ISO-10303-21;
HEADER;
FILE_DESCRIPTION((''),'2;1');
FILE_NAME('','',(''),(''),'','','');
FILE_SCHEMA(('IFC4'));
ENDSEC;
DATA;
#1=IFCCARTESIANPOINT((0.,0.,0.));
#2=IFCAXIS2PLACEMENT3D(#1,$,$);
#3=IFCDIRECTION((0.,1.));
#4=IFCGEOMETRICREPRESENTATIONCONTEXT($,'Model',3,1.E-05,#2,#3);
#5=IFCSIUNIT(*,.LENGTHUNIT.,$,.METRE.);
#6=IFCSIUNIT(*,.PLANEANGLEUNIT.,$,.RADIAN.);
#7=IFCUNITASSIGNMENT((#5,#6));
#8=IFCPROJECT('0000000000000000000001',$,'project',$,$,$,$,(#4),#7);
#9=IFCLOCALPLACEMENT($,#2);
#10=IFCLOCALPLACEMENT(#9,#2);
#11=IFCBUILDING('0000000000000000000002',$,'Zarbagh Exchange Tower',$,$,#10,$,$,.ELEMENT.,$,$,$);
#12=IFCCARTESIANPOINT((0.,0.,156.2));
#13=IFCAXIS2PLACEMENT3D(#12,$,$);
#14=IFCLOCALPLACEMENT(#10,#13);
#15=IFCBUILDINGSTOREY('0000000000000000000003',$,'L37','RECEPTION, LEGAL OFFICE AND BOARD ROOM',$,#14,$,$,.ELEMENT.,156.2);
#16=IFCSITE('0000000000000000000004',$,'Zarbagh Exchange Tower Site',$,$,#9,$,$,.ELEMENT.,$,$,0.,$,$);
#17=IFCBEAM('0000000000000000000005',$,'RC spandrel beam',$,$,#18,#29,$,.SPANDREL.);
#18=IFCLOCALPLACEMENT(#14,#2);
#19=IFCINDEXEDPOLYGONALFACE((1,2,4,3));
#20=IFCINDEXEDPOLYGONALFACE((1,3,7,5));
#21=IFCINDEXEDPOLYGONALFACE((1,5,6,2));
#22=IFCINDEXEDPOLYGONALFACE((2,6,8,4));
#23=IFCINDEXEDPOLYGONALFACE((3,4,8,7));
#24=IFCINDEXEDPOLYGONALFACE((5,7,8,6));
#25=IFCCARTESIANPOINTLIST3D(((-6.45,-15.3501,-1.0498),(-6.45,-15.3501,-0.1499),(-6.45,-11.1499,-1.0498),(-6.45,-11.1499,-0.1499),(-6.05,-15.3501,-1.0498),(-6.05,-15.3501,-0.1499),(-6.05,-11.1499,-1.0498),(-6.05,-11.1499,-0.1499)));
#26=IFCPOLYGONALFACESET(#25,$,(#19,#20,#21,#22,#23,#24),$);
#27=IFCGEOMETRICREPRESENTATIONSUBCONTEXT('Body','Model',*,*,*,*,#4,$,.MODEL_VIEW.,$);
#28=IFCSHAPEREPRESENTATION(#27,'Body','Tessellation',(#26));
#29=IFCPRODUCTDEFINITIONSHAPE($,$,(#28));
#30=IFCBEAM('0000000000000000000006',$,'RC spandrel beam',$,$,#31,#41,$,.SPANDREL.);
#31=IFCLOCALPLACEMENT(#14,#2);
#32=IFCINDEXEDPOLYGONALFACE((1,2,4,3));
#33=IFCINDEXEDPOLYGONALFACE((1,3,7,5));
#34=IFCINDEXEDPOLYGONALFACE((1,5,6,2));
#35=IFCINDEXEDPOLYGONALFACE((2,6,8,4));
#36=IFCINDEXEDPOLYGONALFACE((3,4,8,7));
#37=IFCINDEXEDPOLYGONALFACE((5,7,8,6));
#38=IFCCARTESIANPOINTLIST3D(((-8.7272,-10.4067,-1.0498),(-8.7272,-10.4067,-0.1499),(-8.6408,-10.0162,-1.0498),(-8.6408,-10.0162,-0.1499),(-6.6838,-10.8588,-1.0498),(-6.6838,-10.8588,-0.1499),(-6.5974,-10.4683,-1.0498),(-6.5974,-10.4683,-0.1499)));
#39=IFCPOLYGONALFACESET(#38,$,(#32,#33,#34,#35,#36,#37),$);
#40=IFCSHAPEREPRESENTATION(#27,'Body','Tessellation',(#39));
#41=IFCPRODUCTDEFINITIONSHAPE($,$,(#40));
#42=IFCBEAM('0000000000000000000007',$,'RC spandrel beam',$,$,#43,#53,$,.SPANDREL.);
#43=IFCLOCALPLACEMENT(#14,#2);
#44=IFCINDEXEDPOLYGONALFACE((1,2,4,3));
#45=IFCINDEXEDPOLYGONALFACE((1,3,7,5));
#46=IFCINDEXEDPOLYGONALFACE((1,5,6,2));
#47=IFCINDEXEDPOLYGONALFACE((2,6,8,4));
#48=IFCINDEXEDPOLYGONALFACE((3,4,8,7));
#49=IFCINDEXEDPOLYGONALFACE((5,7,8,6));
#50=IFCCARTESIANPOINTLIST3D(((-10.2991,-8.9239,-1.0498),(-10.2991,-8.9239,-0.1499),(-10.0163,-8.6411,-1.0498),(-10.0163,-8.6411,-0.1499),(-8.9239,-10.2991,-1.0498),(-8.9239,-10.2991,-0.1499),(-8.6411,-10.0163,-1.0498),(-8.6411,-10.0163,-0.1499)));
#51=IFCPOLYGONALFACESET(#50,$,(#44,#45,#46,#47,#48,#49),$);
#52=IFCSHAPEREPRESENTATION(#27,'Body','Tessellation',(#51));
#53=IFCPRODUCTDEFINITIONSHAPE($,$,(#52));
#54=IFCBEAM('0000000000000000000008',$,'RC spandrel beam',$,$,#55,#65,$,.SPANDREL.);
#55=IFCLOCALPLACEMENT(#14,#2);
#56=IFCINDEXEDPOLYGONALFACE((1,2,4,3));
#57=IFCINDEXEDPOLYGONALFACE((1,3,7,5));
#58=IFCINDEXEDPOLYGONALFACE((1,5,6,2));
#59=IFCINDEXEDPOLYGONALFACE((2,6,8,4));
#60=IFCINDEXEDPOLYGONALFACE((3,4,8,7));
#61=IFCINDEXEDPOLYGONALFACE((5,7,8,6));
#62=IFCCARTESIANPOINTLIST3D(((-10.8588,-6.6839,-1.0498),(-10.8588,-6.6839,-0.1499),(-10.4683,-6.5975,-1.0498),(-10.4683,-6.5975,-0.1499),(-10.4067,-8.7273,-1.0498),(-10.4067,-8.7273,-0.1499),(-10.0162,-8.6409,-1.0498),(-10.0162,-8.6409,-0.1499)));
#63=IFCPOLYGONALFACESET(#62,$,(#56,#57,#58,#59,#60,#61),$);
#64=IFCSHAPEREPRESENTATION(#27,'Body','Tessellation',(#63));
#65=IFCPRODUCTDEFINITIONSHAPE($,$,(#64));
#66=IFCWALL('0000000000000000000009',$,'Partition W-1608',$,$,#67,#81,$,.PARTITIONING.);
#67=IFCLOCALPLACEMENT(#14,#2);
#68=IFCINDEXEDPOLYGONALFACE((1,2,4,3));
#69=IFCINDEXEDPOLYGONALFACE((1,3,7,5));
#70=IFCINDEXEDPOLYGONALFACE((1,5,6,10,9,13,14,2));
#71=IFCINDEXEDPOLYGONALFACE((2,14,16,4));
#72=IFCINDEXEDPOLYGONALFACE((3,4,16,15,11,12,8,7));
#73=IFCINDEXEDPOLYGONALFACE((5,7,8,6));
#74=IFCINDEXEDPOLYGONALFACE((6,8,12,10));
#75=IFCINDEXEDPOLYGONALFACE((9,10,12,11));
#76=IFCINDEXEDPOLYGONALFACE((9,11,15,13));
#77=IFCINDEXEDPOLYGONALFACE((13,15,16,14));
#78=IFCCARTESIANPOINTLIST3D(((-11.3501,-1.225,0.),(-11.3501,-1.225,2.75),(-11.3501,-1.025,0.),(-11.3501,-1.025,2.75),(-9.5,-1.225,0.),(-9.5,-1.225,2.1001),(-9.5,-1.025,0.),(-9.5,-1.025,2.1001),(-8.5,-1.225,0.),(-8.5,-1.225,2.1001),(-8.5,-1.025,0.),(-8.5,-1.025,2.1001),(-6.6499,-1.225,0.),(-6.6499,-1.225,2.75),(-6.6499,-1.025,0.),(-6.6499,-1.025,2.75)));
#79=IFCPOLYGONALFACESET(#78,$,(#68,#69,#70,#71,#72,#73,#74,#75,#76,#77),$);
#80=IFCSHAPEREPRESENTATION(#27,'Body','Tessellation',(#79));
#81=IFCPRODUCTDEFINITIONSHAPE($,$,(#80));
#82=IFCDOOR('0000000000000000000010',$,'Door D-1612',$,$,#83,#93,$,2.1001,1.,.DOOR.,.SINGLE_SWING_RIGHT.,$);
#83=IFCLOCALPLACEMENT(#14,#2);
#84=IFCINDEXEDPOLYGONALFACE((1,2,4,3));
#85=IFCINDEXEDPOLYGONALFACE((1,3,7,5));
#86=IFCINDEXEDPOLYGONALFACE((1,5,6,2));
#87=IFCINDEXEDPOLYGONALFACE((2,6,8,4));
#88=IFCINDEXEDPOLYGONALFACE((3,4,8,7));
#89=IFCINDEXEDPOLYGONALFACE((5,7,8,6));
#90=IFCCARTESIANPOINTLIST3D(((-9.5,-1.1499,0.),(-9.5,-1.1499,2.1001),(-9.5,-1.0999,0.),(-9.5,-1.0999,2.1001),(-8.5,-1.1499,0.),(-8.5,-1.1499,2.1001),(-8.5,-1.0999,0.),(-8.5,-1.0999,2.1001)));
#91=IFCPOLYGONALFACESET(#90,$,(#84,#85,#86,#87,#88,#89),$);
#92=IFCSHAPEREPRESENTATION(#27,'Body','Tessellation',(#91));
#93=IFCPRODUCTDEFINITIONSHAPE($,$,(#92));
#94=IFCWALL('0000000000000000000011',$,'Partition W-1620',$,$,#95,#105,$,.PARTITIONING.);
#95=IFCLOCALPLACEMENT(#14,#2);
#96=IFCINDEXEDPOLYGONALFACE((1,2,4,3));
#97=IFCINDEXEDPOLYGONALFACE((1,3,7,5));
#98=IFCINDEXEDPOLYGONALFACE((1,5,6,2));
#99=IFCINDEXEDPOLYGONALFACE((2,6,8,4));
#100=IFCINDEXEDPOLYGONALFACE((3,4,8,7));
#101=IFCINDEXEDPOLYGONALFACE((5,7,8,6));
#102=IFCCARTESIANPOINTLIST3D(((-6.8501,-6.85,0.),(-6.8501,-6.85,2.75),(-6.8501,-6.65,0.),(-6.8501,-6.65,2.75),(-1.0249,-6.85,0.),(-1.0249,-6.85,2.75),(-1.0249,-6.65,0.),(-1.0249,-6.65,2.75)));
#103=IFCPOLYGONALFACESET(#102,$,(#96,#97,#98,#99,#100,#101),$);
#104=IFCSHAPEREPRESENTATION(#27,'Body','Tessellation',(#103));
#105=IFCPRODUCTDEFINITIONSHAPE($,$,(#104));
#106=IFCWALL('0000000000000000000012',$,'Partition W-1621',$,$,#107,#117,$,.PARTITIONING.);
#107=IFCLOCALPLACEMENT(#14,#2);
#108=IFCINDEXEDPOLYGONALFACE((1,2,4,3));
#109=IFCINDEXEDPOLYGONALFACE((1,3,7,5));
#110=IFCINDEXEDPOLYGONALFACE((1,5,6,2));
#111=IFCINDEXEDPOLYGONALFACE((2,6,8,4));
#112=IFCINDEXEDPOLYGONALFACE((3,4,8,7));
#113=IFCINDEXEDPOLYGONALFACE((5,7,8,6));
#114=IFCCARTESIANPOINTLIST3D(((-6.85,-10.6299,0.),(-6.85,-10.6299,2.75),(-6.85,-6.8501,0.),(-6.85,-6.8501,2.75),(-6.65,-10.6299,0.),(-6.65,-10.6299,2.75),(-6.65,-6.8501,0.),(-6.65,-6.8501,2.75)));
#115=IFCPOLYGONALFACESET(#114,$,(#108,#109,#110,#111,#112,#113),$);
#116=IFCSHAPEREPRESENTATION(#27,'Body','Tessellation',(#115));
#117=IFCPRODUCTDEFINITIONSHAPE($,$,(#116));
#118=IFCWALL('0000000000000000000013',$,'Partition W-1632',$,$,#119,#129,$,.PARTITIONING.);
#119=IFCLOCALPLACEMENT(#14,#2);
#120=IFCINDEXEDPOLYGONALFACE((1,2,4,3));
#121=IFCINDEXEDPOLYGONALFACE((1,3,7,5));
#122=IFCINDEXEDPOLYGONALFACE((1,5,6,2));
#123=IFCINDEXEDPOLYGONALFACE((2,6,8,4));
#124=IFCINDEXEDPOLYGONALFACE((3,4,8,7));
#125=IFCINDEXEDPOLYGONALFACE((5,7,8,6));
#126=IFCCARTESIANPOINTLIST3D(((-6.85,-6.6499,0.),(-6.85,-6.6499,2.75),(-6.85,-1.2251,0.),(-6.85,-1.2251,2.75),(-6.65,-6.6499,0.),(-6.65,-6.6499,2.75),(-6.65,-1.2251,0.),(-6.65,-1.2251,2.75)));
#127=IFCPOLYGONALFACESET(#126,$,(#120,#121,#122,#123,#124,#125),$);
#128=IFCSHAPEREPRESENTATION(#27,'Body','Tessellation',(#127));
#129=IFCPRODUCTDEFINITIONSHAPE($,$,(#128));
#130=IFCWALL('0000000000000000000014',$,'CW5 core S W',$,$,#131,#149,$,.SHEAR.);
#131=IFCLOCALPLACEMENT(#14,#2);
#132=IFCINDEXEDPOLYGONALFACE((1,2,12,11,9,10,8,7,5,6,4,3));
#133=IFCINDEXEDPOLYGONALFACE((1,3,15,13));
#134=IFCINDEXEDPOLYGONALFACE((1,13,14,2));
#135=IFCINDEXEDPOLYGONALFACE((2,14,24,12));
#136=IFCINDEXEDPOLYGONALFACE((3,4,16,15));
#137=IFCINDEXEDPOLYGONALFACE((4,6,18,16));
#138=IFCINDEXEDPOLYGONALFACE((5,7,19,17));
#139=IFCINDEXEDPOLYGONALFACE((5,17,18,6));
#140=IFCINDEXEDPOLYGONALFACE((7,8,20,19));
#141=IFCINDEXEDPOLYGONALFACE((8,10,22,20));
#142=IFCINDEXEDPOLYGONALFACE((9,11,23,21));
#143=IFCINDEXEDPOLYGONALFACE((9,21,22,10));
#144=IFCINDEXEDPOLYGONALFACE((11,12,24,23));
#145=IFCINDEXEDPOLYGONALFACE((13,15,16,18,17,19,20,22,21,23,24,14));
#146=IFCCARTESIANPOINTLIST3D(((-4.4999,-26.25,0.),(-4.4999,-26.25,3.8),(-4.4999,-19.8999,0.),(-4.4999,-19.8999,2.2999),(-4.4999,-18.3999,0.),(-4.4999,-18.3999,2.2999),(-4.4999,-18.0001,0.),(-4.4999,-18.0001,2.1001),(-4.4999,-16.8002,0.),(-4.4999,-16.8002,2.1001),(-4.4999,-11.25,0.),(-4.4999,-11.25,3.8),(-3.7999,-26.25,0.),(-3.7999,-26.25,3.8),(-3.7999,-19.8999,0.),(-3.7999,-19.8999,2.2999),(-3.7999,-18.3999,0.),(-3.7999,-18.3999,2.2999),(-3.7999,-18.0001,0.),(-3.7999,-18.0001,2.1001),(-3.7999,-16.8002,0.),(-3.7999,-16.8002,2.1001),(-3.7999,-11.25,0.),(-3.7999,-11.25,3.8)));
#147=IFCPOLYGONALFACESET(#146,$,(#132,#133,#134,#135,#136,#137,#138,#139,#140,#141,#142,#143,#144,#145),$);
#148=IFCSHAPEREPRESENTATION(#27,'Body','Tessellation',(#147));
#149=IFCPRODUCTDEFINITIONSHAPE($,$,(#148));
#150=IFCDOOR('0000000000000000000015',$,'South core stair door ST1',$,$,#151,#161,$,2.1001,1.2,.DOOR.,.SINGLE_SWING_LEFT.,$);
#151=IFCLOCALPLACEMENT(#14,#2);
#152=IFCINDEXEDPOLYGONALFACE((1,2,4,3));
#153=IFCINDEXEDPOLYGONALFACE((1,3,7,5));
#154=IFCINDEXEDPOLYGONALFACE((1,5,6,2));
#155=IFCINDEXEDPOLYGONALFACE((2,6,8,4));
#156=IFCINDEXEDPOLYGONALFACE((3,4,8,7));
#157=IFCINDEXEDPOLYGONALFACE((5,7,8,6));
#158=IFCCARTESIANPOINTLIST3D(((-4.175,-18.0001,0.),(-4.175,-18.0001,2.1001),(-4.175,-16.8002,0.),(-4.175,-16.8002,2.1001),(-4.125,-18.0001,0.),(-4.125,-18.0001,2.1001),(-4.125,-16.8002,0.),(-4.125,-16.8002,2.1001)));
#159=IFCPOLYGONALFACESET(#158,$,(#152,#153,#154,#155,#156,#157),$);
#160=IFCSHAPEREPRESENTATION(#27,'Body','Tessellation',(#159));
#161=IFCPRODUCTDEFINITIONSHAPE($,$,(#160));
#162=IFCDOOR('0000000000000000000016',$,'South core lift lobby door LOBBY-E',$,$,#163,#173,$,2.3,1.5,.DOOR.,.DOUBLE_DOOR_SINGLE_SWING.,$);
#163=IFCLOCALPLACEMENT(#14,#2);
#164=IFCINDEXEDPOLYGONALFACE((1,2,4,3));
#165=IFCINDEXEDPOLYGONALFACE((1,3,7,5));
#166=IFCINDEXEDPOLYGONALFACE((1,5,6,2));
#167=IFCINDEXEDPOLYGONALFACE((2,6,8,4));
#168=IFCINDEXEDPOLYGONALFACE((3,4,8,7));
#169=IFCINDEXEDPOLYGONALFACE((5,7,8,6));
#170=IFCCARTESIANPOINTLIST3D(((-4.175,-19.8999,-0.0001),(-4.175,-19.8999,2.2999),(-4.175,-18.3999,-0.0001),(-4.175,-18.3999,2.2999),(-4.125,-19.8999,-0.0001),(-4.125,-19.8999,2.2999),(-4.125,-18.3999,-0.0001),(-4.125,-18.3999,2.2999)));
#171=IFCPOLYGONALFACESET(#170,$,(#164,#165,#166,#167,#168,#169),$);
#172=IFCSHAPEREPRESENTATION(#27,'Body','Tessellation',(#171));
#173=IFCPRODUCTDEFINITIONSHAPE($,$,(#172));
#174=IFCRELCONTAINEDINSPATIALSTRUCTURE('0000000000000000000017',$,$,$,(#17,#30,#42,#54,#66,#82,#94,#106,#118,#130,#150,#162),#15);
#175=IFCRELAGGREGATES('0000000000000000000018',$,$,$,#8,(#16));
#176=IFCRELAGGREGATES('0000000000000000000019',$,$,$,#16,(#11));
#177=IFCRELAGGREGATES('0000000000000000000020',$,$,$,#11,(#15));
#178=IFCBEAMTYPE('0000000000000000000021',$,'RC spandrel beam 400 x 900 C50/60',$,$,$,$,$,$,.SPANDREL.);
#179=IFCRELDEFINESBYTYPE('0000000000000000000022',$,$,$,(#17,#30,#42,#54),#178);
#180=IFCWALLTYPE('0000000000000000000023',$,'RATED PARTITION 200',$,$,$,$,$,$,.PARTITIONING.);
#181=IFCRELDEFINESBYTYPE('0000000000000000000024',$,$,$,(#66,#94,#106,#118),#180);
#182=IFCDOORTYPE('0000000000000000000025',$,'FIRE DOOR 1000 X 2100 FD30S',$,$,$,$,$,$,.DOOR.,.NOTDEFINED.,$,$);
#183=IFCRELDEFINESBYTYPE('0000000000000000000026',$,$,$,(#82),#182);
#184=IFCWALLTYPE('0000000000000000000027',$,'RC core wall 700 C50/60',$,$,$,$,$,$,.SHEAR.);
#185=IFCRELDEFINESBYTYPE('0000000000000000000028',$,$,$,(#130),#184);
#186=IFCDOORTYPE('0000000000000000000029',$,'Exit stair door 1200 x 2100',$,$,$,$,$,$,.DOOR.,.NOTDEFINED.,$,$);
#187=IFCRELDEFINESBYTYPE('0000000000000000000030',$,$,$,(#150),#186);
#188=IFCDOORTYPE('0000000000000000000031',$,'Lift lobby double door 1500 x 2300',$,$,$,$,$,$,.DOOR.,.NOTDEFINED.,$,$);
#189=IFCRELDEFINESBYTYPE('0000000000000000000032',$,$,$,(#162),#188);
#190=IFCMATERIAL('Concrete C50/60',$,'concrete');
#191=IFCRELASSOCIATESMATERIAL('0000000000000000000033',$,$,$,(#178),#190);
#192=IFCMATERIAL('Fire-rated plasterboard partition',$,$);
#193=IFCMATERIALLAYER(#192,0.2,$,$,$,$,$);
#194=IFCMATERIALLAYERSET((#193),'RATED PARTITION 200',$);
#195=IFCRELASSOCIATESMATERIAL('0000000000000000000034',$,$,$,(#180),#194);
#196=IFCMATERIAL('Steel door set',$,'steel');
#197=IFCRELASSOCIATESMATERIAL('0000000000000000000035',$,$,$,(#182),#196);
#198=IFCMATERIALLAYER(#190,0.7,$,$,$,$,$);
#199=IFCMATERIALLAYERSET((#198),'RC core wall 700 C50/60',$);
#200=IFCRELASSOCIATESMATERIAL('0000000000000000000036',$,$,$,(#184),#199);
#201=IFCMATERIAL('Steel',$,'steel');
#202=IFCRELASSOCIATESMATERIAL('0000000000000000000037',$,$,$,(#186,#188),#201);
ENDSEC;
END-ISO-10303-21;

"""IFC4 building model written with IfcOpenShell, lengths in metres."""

from ifc_helpers import new_model, si_unit, direction, frame, frame_2d, origin, origin_2d, place, context, subcontext, project, spatial, rectangle, extrude, material, layer, layer_set, material_profile, profile_set, type_object, element, fill, save


model = new_model("IFC4")

# Units and contexts
model_context = context("Model", 3, precision=1e-05, world=origin(), true_north=direction((0.0, 1.0)))
body_context = subcontext(model_context, "Body", "Model", "MODEL_VIEW")
ifc_project = project(units=[si_unit("LENGTHUNIT", "METRE"), si_unit("PLANEANGLEUNIT", "RADIAN")], contexts=[model_context])

# Site, building, storey
site_placement = place(None, origin())
site = spatial("IfcSite", under=ifc_project, at=site_placement, Name="Zarbagh Exchange Tower Site", CompositionType="ELEMENT", RefElevation=0.0)
building_placement = place(site_placement, origin())
building = spatial("IfcBuilding", under=site, at=building_placement, Name="Zarbagh Exchange Tower", CompositionType="ELEMENT")
storey_placement = place(building_placement, frame((0.0, 0.0, 156.2)))
storey = spatial("IfcBuildingStorey", under=building, at=storey_placement, Name="L37", Description="RECEPTION, LEGAL OFFICE AND BOARD ROOM", CompositionType="ELEMENT", Elevation=156.2)

# Shared definitions
ifc_material_1 = material(Name="Concrete C50/60", Category="concrete")

# Beams
ifc_material_profile_1 = material_profile(ifc_material_1, rectangle(XDim=0.3999, YDim=0.8999, at=origin_2d()), Name="RC spandrel beam 400 x 900 C50/60")
ifc_profile_set_1 = profile_set([ifc_material_profile_1], Name="Concrete C50/60")
beam_type_1 = type_object("IfcBeamType", Name="RC spandrel beam 400 x 900 C50/60", PredefinedType="SPANDREL", material=ifc_profile_set_1)
beam_1_placement = place(storey_placement, frame((-6.25, -15.3501, -0.5999), z_axis=(0.0, 1.0, 0.0), x_axis=(-1.0, 0.0, 0.0)))
element("IfcBeam", 1, at=beam_1_placement, inside=storey, type_object=beam_type_1, Name="RC spandrel beam", PredefinedType="SPANDREL", context=body_context, shape_type="SweptSolid", body=[
    extrude(rectangle(XDim=0.3999, YDim=0.8999, at=origin_2d()), origin(), (0.0, 0.0, 1.0), 4.2002),
])
beam_2_placement = place(storey_placement, frame((-6.6406, -10.6636, -0.5999), z_axis=(-0.976384, 0.216041, 0.0), x_axis=(-0.216041, -0.976384, 0.0)))
element("IfcBeam", 2, at=beam_2_placement, inside=storey, type_object=beam_type_1, Name="RC spandrel beam", PredefinedType="SPANDREL", context=body_context, shape_type="SweptSolid", body=[
    extrude(rectangle(XDim=0.3999, YDim=0.8999, at=origin_2d()), origin(), (0.0, 0.0, 1.0), 2.0928),
])
beam_3_placement = place(storey_placement, frame((-8.7825, -10.1577, -0.5999), z_axis=(-0.707107, 0.707107, 0.0), x_axis=(-0.707107, -0.707107, 0.0)))
element("IfcBeam", 3, at=beam_3_placement, inside=storey, type_object=beam_type_1, Name="RC spandrel beam", PredefinedType="SPANDREL", context=body_context, shape_type="SweptSolid", body=[
    extrude(rectangle(XDim=0.3999, YDim=0.8999, at=origin_2d()), origin(), (0.0, 0.0, 1.0), 1.9448),
])
beam_4_placement = place(storey_placement, frame((-10.2114, -8.6841, -0.5999), z_axis=(-0.216041, 0.976384, 0.0), x_axis=(-0.976384, -0.216041, 0.0)))
element("IfcBeam", 4, at=beam_4_placement, inside=storey, type_object=beam_type_1, Name="RC spandrel beam", PredefinedType="SPANDREL", context=body_context, shape_type="SweptSolid", body=[
    extrude(rectangle(XDim=0.3999, YDim=0.8999, at=origin_2d()), origin(), (0.0, 0.0, 1.0), 2.0928),
])

# Wall, opening, door
ifc_material_2 = material(Name="Fire-rated plasterboard partition")
ifc_layer_1 = layer(ifc_material_2, 0.2)
ifc_layer_set_1 = layer_set([ifc_layer_1], Name="RATED PARTITION 200")
wall_type_1 = type_object("IfcWallType", Name="RATED PARTITION 200", PredefinedType="PARTITIONING", material=ifc_layer_set_1)
wall_1_placement = place(storey_placement, frame((-6.6499, -1.125, 0.0), z_axis=(0.0, 0.0, 1.0), x_axis=(-1.0, 0.0, 0.0)))
wall_1 = element("IfcWall", 5, at=wall_1_placement, inside=storey, type_object=wall_type_1, Name="Partition W-1608", PredefinedType="PARTITIONING", context=body_context, shape_type="SweptSolid", body=[
    extrude(rectangle(XDim=4.7002, YDim=0.2, at=frame_2d((2.3501, 0.0))), origin(), (0.0, 0.0, 1.0), 2.75),
])
opening_1_placement = place(wall_1_placement, frame((1.8501, 0.0, 0.0)))
opening_1 = element("IfcOpeningElement", 6, at=opening_1_placement, cuts=wall_1, PredefinedType="OPENING", context=body_context, shape_type="SweptSolid", body=[
    extrude(rectangle(XDim=1.0, YDim=2.1001, at=frame_2d((0.5, 1.05))), frame((0.0, 0.1099, 0.0), z_axis=(0.0, -1.0, 0.0), x_axis=(1.0, 0.0, 0.0)), (0.0, 0.0, 1.0), 0.22),
])
ifc_material_3 = material(Name="Steel door set", Category="steel")
door_type_1 = type_object("IfcDoorType", Name="FIRE DOOR 1000 X 2100 FD30S", OperationType="NOTDEFINED", PredefinedType="DOOR", material=ifc_material_3)
door_1_placement = place(opening_1_placement, origin())
door_1 = element("IfcDoor", 7, at=door_1_placement, inside=storey, type_object=door_type_1, Name="Door D-1612", OperationType="SINGLE_SWING_RIGHT", OverallHeight=2.1001, OverallWidth=1.0, PredefinedType="DOOR", context=body_context, shape_type="SweptSolid", body=[
    extrude(rectangle(XDim=1.0, YDim=2.1001, at=frame_2d((0.5, 1.05))), frame((0.0, 0.0249, 0.0), z_axis=(0.0, -1.0, 0.0), x_axis=(1.0, 0.0, 0.0)), (0.0, 0.0, 1.0), 0.05),
])
fill(opening_1, door_1)

# Walls
wall_2_placement = place(storey_placement, frame((-6.8501, -6.75, 0.0), z_axis=(0.0, 0.0, 1.0), x_axis=(1.0, 0.0, 0.0)))
element("IfcWall", 8, at=wall_2_placement, inside=storey, type_object=wall_type_1, Name="Partition W-1620", PredefinedType="PARTITIONING", context=body_context, shape_type="SweptSolid", body=[
    extrude(rectangle(XDim=5.8252, YDim=0.2, at=frame_2d((2.9126, 0.0))), origin(), (0.0, 0.0, 1.0), 2.75),
])
wall_3_placement = place(storey_placement, frame((-6.75, -10.6299, 0.0), z_axis=(0.0, 0.0, 1.0), x_axis=(0.0, 1.0, 0.0)))
element("IfcWall", 9, at=wall_3_placement, inside=storey, type_object=wall_type_1, Name="Partition W-1621", PredefinedType="PARTITIONING", context=body_context, shape_type="SweptSolid", body=[
    extrude(rectangle(XDim=3.7798, YDim=0.2, at=frame_2d((1.8899, 0.0))), origin(), (0.0, 0.0, 1.0), 2.75),
])
wall_4_placement = place(storey_placement, frame((-6.75, -6.6499, 0.0), z_axis=(0.0, 0.0, 1.0), x_axis=(0.0, 1.0, 0.0)))
element("IfcWall", 10, at=wall_4_placement, inside=storey, type_object=wall_type_1, Name="Partition W-1632", PredefinedType="PARTITIONING", context=body_context, shape_type="SweptSolid", body=[
    extrude(rectangle(XDim=5.4248, YDim=0.2, at=frame_2d((2.7124, 0.0))), origin(), (0.0, 0.0, 1.0), 2.75),
])

# Wall, openings, doors
ifc_layer_2 = layer(ifc_material_1, 0.7)
ifc_layer_set_2 = layer_set([ifc_layer_2], Name="RC core wall 700 C50/60")
wall_type_2 = type_object("IfcWallType", Name="RC core wall 700 C50/60", PredefinedType="SHEAR", material=ifc_layer_set_2)
wall_5_placement = place(storey_placement, frame((-4.1499, -11.25, 0.0), z_axis=(0.0, 0.0, 1.0), x_axis=(0.0, -1.0, 0.0)))
wall_5 = element("IfcWall", 11, at=wall_5_placement, inside=storey, type_object=wall_type_2, Name="CW5 core S W", PredefinedType="SHEAR", context=body_context, shape_type="SweptSolid", body=[
    extrude(rectangle(XDim=15.0, YDim=0.7, at=frame_2d((7.5, 0.0))), origin(), (0.0, 0.0, 1.0), 3.8),
])
opening_2_placement = place(wall_5_placement, frame((7.1499, 0.0, 0.0)))
opening_2 = element("IfcOpeningElement", 12, at=opening_2_placement, cuts=wall_5, PredefinedType="OPENING", context=body_context, shape_type="SweptSolid", body=[
    extrude(rectangle(XDim=1.5, YDim=2.3, at=frame_2d((0.75, 1.1499))), frame((0.0, 0.3599, 0.0), z_axis=(0.0, -1.0, 0.0), x_axis=(1.0, 0.0, 0.0)), (0.0, 0.0, 1.0), 0.72),
])
opening_3_placement = place(wall_5_placement, frame((5.55, 0.0, 0.0)))
opening_3 = element("IfcOpeningElement", 13, at=opening_3_placement, cuts=wall_5, PredefinedType="OPENING", context=body_context, shape_type="SweptSolid", body=[
    extrude(rectangle(XDim=1.2, YDim=2.1001, at=frame_2d((0.6001, 1.05))), frame((0.0, 0.3599, 0.0), z_axis=(0.0, -1.0, 0.0), x_axis=(1.0, 0.0, 0.0)), (0.0, 0.0, 1.0), 0.72),
])
ifc_material_4 = material(Name="Steel", Category="steel")
door_type_2 = type_object("IfcDoorType", Name="Exit stair door 1200 x 2100", OperationType="NOTDEFINED", PredefinedType="DOOR", material=ifc_material_4)
door_2_placement = place(opening_3_placement, origin())
door_2 = element("IfcDoor", 14, at=door_2_placement, inside=storey, type_object=door_type_2, Name="South core stair door ST1", OperationType="SINGLE_SWING_LEFT", OverallHeight=2.1001, OverallWidth=1.2, PredefinedType="DOOR", context=body_context, shape_type="SweptSolid", body=[
    extrude(rectangle(XDim=1.2, YDim=2.1001, at=frame_2d((0.6001, 1.05))), frame((0.0, 0.0249, 0.0), z_axis=(0.0, -1.0, 0.0), x_axis=(1.0, 0.0, 0.0)), (0.0, 0.0, 1.0), 0.05),
])
fill(opening_3, door_2)
door_type_3 = type_object("IfcDoorType", Name="Lift lobby double door 1500 x 2300", OperationType="NOTDEFINED", PredefinedType="DOOR", material=ifc_material_4)
door_3_placement = place(opening_2_placement, origin())
door_3 = element("IfcDoor", 15, at=door_3_placement, inside=storey, type_object=door_type_3, Name="South core lift lobby door LOBBY-E", OperationType="DOUBLE_DOOR_SINGLE_SWING", OverallHeight=2.3, OverallWidth=1.5, PredefinedType="DOOR", context=body_context, shape_type="SweptSolid", body=[
    extrude(rectangle(XDim=1.5, YDim=2.3, at=frame_2d((0.75, 1.1499))), frame((0.0, 0.0249, 0.0), z_axis=(0.0, -1.0, 0.0), x_axis=(1.0, 0.0, 0.0)), (0.0, 0.0, 1.0), 0.05),
])
fill(opening_2, door_3)

save(model, "model.ifc")
